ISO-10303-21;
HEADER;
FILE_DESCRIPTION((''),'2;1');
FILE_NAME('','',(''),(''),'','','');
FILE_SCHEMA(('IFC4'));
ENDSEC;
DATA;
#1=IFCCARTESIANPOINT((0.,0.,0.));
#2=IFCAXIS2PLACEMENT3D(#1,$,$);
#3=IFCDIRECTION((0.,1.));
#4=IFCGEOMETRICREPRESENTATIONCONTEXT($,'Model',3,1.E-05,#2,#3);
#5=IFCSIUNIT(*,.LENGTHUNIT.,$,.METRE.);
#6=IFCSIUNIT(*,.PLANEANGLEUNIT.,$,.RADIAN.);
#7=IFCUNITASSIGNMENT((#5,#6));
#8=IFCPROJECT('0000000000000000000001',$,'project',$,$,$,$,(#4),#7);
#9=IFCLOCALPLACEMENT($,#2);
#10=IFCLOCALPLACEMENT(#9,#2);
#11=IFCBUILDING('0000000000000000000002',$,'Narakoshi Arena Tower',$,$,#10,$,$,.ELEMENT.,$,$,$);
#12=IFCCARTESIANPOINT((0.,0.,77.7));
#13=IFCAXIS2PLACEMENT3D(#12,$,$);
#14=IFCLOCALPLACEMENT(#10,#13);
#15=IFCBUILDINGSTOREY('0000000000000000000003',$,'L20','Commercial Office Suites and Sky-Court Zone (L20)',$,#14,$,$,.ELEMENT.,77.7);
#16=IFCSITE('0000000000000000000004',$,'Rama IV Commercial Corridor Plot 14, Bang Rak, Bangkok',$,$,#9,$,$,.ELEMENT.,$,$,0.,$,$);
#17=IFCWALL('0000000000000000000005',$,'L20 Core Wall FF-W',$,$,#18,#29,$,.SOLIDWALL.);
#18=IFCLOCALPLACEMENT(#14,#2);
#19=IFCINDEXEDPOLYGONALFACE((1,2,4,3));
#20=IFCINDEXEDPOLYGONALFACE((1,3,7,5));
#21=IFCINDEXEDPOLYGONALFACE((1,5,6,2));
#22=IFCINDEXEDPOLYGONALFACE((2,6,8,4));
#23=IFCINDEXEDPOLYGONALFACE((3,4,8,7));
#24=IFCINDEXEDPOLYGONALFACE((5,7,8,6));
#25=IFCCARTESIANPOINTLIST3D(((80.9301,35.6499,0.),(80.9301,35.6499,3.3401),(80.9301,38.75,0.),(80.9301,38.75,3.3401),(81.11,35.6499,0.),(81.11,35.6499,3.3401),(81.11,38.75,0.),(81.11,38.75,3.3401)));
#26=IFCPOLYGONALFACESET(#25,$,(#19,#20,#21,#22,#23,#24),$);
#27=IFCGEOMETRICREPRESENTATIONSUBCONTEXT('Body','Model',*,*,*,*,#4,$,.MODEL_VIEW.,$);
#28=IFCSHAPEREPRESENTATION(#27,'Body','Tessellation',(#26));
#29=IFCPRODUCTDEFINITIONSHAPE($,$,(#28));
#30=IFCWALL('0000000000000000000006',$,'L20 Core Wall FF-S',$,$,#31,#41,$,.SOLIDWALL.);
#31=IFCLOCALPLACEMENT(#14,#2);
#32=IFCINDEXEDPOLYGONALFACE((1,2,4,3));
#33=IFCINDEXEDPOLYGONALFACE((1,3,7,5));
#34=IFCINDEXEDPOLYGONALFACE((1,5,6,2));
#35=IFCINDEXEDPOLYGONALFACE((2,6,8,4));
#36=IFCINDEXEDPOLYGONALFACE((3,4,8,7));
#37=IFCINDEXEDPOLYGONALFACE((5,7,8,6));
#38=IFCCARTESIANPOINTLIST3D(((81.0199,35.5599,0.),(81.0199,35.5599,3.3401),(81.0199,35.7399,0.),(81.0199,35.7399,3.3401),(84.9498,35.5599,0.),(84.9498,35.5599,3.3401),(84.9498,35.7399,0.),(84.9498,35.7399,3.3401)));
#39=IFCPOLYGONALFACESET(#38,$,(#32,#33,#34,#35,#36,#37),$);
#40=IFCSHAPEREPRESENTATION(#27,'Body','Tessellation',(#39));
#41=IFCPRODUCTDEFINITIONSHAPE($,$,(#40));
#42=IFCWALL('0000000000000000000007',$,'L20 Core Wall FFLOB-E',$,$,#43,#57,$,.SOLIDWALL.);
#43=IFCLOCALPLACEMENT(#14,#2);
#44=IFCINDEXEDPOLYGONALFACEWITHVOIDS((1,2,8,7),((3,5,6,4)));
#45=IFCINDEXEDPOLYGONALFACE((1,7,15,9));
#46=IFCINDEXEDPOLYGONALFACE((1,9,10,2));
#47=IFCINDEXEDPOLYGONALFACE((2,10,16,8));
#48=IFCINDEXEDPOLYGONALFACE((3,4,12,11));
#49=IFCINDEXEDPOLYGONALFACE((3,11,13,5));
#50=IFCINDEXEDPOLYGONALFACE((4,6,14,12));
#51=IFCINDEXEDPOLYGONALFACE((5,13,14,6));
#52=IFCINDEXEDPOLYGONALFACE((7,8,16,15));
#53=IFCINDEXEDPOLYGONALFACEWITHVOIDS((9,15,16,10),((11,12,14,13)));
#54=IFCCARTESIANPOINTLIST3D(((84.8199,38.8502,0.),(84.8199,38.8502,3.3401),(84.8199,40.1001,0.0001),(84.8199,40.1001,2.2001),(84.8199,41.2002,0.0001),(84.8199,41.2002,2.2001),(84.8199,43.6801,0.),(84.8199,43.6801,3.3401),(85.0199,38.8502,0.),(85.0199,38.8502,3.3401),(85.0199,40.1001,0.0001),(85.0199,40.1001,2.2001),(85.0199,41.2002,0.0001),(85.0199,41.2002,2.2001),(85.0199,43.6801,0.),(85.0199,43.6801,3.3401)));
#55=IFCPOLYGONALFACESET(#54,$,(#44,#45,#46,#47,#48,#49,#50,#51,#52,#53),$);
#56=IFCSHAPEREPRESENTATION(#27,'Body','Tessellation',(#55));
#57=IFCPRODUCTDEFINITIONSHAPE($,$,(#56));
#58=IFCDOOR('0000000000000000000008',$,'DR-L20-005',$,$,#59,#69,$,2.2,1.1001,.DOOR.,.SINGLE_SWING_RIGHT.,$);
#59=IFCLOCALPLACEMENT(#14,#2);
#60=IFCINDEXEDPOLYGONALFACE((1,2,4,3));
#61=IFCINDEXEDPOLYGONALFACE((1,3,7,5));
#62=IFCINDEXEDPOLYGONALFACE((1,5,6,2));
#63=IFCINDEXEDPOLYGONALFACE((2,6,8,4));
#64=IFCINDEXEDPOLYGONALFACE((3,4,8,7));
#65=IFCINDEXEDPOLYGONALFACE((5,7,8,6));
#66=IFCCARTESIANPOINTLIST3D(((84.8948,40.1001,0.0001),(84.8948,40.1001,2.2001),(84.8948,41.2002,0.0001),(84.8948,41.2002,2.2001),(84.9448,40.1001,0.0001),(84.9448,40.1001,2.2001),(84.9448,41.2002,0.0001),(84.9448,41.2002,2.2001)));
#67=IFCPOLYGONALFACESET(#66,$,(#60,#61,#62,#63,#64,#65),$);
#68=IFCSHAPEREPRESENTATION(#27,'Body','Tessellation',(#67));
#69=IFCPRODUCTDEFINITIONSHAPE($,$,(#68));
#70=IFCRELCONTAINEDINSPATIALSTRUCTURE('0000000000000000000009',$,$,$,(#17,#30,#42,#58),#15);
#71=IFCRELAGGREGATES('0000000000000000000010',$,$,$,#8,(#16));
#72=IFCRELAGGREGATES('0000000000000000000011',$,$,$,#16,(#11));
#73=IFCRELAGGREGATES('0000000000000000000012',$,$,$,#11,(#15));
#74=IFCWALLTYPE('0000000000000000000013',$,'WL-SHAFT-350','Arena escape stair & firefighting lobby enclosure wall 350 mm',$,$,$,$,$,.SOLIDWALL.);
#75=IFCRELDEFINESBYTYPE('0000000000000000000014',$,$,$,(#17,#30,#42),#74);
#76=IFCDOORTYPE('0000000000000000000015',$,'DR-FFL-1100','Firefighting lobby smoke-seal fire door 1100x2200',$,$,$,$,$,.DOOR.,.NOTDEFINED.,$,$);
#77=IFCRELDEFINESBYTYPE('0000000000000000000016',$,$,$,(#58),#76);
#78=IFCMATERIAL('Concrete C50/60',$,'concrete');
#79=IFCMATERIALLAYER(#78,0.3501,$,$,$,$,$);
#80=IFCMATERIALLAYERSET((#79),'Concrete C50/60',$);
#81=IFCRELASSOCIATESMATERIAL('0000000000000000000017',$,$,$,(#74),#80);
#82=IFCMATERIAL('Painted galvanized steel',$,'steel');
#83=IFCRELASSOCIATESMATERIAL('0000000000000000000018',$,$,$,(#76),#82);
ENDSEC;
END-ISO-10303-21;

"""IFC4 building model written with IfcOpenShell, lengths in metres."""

from ifc_helpers import new_model, si_unit, direction, frame, frame_2d, origin, place, context, subcontext, project, spatial, rectangle, extrude, material, layer, layer_set, type_object, element, fill, save


model = new_model("IFC4")

# Units and contexts
model_context = context("Model", 3, precision=1e-05, world=origin(), true_north=direction((0.0, 1.0)))
body_context = subcontext(model_context, "Body", "Model", "MODEL_VIEW")
ifc_project = project(units=[si_unit("LENGTHUNIT", "METRE"), si_unit("PLANEANGLEUNIT", "RADIAN")], contexts=[model_context])

# Site, building, storey
site_placement = place(None, origin())
site = spatial("IfcSite", under=ifc_project, at=site_placement, Name="Rama IV Commercial Corridor Plot 14, Bang Rak, Bangkok", CompositionType="ELEMENT", RefElevation=0.0)
building_placement = place(site_placement, origin())
building = spatial("IfcBuilding", under=site, at=building_placement, Name="Narakoshi Arena Tower", CompositionType="ELEMENT")
storey_placement = place(building_placement, frame((0.0, 0.0, 77.7)))
storey = spatial("IfcBuildingStorey", under=building, at=storey_placement, Name="L20", Description="Commercial Office Suites and Sky-Court Zone (L20)", CompositionType="ELEMENT", Elevation=77.7)

# Shared definitions
ifc_material_1 = material(Name="Concrete C50/60", Category="concrete")
ifc_layer_1 = layer(ifc_material_1, 0.3501)
ifc_layer_set_1 = layer_set([ifc_layer_1], Name="Concrete C50/60")
wall_type_1 = type_object("IfcWallType", Name="WL-SHAFT-350", Description="Arena escape stair & firefighting lobby enclosure wall 350 mm", PredefinedType="SOLIDWALL", material=ifc_layer_set_1)

# Walls
for number, where, z_axis, x_axis, name in (
    (1, (81.02, 35.6499, 0.0), (0.0, 0.0, 1.0), (0.0, 1.0, 0.0), "L20 Core Wall FF-W"),
):
    element("IfcWall", number, at=place(storey_placement, frame(where, z_axis=z_axis, x_axis=x_axis)), inside=storey, type_object=wall_type_1, Name=name, PredefinedType="SOLIDWALL", context=body_context, shape_type="SweptSolid", body=[
        extrude(rectangle(XDim=3.1001, YDim=0.1799, at=frame_2d((1.55, 0.0))), origin(), (0.0, 0.0, 1.0), 3.3401),
    ])
wall_1_placement = place(storey_placement, frame((81.02, 35.6499, 0.0), z_axis=(0.0, 0.0, 1.0), x_axis=(1.0, 0.0, 0.0)))
element("IfcWall", 2, at=wall_1_placement, inside=storey, type_object=wall_type_1, Name="L20 Core Wall FF-S", PredefinedType="SOLIDWALL", context=body_context, shape_type="SweptSolid", body=[
    extrude(rectangle(XDim=3.9299, YDim=0.1799, at=frame_2d((1.9648, 0.0))), origin(), (0.0, 0.0, 1.0), 3.3401),
])

# Wall, opening, door
wall_2_placement = place(storey_placement, frame((84.9199, 38.8501, 0.0), z_axis=(0.0, 0.0, 1.0), x_axis=(0.0, 1.0, 0.0)))
wall_2 = element("IfcWall", 3, at=wall_2_placement, inside=storey, type_object=wall_type_1, Name="L20 Core Wall FFLOB-E", PredefinedType="SOLIDWALL", context=body_context, shape_type="SweptSolid", body=[
    extrude(rectangle(XDim=4.8298, YDim=0.2, at=frame_2d((2.415, 0.0))), origin(), (0.0, 0.0, 1.0), 3.3401),
])
opening_1_placement = place(wall_2_placement, frame((1.25, 0.0, 0.0)))
opening_1 = element("IfcOpeningElement", 4, at=opening_1_placement, cuts=wall_2, PredefinedType="OPENING", context=body_context, shape_type="SweptSolid", body=[
    extrude(rectangle(XDim=1.1001, YDim=2.2, at=frame_2d((0.55, 1.1001))), frame((0.0, 0.1099, 0.0), z_axis=(0.0, -1.0, 0.0), x_axis=(1.0, 0.0, 0.0)), (0.0, 0.0, 1.0), 0.22),
])
ifc_material_2 = material(Name="Painted galvanized steel", Category="steel")
door_type_1 = type_object("IfcDoorType", Name="DR-FFL-1100", Description="Firefighting lobby smoke-seal fire door 1100x2200", OperationType="NOTDEFINED", PredefinedType="DOOR", material=ifc_material_2)
door_1_placement = place(opening_1_placement, frame((1.1001, 0.0, 0.0), z_axis=(0.0, 0.0, 1.0), x_axis=(-1.0, 0.0, 0.0)))
door_1 = element("IfcDoor", 5, at=door_1_placement, inside=storey, type_object=door_type_1, Name="DR-L20-005", OperationType="SINGLE_SWING_RIGHT", OverallHeight=2.2, OverallWidth=1.1001, PredefinedType="DOOR", context=body_context, shape_type="SweptSolid", body=[
    extrude(rectangle(XDim=1.1001, YDim=2.2, at=frame_2d((0.55, 1.1001))), frame((0.0, 0.0249, 0.0), z_axis=(0.0, -1.0, 0.0), x_axis=(1.0, 0.0, 0.0)), (0.0, 0.0, 1.0), 0.05),
])
fill(opening_1, door_1)

save(model, "model.ifc")
